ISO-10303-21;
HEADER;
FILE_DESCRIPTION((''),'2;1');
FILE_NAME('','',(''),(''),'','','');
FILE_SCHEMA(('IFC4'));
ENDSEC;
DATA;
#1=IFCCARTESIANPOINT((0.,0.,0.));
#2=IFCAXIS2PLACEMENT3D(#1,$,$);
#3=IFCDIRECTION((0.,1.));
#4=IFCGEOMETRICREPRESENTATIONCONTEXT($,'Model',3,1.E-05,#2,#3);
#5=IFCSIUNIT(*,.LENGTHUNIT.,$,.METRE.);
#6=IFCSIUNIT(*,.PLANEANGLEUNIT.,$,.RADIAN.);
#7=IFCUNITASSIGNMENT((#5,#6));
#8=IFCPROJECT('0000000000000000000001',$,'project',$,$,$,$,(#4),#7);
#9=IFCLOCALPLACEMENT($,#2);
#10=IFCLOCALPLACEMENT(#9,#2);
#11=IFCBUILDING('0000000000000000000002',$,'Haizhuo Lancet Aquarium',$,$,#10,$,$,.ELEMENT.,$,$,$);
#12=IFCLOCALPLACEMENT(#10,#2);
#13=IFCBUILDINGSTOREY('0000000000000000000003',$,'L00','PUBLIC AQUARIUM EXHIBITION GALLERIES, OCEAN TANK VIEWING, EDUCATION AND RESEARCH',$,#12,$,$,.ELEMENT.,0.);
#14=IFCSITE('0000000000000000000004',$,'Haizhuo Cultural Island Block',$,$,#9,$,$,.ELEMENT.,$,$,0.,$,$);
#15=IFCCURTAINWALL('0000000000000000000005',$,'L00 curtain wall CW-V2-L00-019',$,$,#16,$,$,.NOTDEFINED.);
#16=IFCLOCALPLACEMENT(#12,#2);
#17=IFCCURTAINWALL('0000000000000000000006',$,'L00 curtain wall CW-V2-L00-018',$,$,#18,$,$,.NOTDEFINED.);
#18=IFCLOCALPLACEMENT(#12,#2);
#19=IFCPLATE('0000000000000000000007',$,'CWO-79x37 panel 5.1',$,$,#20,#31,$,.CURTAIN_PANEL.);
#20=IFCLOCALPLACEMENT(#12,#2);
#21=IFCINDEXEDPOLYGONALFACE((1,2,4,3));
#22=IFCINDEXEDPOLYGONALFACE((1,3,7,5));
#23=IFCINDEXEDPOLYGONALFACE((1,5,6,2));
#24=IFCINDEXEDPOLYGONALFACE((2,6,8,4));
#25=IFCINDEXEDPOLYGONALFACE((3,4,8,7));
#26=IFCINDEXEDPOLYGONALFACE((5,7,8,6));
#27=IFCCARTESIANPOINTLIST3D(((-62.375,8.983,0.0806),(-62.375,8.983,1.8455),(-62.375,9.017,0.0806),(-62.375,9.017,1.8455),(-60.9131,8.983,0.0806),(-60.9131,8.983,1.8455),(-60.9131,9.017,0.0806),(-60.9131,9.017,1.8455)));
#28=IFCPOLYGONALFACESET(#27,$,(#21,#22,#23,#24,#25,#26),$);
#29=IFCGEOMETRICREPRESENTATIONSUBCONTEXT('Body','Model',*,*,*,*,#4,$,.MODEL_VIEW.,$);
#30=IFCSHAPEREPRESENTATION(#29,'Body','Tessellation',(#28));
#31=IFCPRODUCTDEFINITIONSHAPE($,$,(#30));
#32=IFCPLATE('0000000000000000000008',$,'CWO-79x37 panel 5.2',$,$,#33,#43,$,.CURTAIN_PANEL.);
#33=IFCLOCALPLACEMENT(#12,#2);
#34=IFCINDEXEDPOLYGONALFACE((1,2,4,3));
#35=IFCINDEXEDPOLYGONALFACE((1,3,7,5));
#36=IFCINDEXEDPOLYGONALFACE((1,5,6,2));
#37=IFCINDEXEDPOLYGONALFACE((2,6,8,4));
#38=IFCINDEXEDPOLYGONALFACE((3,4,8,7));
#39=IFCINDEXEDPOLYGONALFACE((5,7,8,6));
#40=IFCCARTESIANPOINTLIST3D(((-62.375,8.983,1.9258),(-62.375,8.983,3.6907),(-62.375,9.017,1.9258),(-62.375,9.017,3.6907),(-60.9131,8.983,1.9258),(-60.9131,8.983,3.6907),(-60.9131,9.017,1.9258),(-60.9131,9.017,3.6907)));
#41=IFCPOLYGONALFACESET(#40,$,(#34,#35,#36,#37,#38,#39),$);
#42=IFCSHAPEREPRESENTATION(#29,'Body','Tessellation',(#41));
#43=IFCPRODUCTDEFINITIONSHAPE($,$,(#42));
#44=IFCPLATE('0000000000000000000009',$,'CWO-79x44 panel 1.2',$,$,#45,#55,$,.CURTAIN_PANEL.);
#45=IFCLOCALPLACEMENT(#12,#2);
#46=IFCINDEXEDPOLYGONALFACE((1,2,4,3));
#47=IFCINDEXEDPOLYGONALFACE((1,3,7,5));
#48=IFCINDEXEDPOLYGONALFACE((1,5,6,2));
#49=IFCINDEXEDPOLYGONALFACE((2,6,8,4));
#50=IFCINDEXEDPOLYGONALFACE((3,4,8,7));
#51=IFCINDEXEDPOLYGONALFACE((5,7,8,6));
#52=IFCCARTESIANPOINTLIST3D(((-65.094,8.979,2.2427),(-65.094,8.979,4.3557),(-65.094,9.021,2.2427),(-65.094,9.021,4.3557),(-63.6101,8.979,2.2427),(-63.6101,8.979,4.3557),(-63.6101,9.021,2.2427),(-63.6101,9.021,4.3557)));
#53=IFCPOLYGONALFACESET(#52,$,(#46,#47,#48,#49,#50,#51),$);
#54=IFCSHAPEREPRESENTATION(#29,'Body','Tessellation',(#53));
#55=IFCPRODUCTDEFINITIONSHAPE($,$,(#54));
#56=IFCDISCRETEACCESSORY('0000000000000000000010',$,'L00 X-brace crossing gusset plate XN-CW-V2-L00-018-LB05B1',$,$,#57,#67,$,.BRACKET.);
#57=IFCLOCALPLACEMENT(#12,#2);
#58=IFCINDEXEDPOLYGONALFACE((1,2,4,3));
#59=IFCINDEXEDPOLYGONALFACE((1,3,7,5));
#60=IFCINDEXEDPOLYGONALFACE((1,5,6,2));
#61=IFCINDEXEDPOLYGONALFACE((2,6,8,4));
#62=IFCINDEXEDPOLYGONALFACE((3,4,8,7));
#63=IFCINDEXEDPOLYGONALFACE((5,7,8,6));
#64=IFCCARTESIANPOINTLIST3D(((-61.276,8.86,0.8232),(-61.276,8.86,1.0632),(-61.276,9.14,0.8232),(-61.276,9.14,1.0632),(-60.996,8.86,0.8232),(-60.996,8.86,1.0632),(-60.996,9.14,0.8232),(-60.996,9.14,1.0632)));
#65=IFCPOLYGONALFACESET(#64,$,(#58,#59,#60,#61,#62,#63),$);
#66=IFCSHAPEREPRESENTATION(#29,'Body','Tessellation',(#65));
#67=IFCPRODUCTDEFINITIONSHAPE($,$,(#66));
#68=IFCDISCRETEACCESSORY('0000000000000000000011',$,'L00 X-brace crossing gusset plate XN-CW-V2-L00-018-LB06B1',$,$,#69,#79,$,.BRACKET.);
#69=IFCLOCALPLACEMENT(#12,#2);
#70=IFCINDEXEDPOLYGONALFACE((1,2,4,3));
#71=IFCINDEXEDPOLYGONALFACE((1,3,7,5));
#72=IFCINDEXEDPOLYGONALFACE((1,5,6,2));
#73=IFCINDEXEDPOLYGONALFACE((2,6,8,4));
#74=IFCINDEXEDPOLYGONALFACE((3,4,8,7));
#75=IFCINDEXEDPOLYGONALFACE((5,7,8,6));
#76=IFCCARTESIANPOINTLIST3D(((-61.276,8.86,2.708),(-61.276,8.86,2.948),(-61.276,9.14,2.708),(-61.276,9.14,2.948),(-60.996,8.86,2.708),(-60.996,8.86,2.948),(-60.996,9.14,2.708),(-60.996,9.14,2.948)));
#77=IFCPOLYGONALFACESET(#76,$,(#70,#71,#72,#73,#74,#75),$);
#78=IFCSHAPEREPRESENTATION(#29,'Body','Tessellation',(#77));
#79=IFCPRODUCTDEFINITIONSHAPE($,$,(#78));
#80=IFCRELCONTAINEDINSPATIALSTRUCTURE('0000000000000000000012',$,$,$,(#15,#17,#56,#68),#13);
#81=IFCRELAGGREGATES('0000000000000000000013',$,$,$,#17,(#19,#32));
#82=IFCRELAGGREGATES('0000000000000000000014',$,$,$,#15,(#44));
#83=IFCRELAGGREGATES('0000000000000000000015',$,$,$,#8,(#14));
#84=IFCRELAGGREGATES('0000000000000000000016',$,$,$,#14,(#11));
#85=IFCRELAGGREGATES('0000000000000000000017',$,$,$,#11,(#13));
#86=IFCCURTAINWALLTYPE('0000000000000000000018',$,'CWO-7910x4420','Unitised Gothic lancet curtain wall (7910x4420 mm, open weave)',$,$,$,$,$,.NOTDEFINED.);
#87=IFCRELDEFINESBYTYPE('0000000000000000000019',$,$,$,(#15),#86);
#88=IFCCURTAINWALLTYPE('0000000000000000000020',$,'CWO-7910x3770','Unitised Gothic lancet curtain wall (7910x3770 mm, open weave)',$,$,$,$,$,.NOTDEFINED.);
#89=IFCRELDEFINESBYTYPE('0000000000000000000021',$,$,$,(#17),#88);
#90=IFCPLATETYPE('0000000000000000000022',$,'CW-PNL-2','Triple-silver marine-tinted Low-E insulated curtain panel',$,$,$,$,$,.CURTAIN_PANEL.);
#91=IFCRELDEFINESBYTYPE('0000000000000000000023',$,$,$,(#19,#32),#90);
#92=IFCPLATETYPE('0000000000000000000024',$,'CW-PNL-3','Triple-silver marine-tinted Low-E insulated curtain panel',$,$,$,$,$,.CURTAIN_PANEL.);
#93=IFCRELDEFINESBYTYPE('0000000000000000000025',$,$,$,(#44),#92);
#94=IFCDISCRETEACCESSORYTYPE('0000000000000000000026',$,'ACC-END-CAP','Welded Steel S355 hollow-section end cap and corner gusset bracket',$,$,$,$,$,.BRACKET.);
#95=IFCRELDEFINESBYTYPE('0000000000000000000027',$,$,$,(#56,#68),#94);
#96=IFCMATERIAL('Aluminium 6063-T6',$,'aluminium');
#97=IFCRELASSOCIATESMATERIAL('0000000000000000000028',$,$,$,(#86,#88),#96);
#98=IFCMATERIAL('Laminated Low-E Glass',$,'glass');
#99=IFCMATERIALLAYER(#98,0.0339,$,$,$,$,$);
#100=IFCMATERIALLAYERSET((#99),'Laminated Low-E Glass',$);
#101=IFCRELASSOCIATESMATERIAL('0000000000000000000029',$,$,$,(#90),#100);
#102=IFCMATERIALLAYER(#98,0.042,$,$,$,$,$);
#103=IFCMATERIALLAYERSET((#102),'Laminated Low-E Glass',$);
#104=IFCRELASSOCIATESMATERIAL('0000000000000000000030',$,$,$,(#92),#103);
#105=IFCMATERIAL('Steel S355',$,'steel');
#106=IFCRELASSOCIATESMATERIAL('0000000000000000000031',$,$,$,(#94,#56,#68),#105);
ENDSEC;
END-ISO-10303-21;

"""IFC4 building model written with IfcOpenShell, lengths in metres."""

from ifc_helpers import new_model, si_unit, direction, frame, origin, origin_2d, place, context, subcontext, project, spatial, rectangle, extrude, material, layer, layer_set, type_object, element, aggregate, save


model = new_model("IFC4")

# Units and contexts
model_context = context("Model", 3, precision=1e-05, world=origin(), true_north=direction((0.0, 1.0)))
body_context = subcontext(model_context, "Body", "Model", "MODEL_VIEW")
ifc_project = project(units=[si_unit("LENGTHUNIT", "METRE"), si_unit("PLANEANGLEUNIT", "RADIAN")], contexts=[model_context])

# Site, building, storey
site_placement = place(None, origin())
site = spatial("IfcSite", under=ifc_project, at=site_placement, Name="Haizhuo Cultural Island Block", CompositionType="ELEMENT", RefElevation=0.0)
building_placement = place(site_placement, origin())
building = spatial("IfcBuilding", under=site, at=building_placement, Name="Haizhuo Lancet Aquarium", CompositionType="ELEMENT")
storey_placement = place(building_placement, origin())
storey = spatial("IfcBuildingStorey", under=building, at=storey_placement, Name="L00", Description="PUBLIC AQUARIUM EXHIBITION GALLERIES, OCEAN TANK VIEWING, EDUCATION AND RESEARCH", CompositionType="ELEMENT", Elevation=0.0)

# Shared definitions
ifc_material_1 = material(Name="Steel S355", Category="steel")

# Curtain wall
ifc_material_2 = material(Name="Aluminium 6063-T6", Category="aluminium")
curtain_wall_type_1 = type_object("IfcCurtainWallType", Name="CWO-7910x4420", Description="Unitised Gothic lancet curtain wall (7910x4420 mm, open weave)", PredefinedType="NOTDEFINED", material=ifc_material_2)
curtain_wall_1_placement = place(storey_placement, origin())
curtain_wall_1 = element("IfcCurtainWall", 1, at=curtain_wall_1_placement, inside=storey, type_object=curtain_wall_type_1, Name="L00 curtain wall CW-V2-L00-019", PredefinedType="NOTDEFINED")

# Curtain wall
curtain_wall_type_2 = type_object("IfcCurtainWallType", Name="CWO-7910x3770", Description="Unitised Gothic lancet curtain wall (7910x3770 mm, open weave)", PredefinedType="NOTDEFINED", material=ifc_material_2)
curtain_wall_2_placement = place(storey_placement, origin())
curtain_wall_2 = element("IfcCurtainWall", 2, at=curtain_wall_2_placement, inside=storey, type_object=curtain_wall_type_2, Name="L00 curtain wall CW-V2-L00-018", PredefinedType="NOTDEFINED")

# Plates
ifc_material_3 = material(Name="Laminated Low-E Glass", Category="glass")
ifc_layer_1 = layer(ifc_material_3, 0.0339)
ifc_layer_set_1 = layer_set([ifc_layer_1], Name="Laminated Low-E Glass")
plate_type_1 = type_object("IfcPlateType", Name="CW-PNL-2", Description="Triple-silver marine-tinted Low-E insulated curtain panel", PredefinedType="CURTAIN_PANEL", material=ifc_layer_set_1)
plate_1_placement = place(storey_placement, frame((-61.644, 9.0, 0.0806), z_axis=(0.0, 0.0, 1.0), x_axis=(-1.0, 0.0, 0.0)))
plate_1 = element("IfcPlate", 3, at=plate_1_placement, type_object=plate_type_1, Name="CWO-79x37 panel 5.1", PredefinedType="CURTAIN_PANEL", context=body_context, shape_type="SweptSolid", body=[
    extrude(rectangle(XDim=1.4619, YDim=0.0339, at=origin_2d()), origin(), (0.0, 0.0, 1.0), 1.7649),
])
plate_2_placement = place(storey_placement, frame((-61.644, 9.0, 1.9258), z_axis=(0.0, 0.0, 1.0), x_axis=(-1.0, 0.0, 0.0)))
plate_2 = element("IfcPlate", 4, at=plate_2_placement, type_object=plate_type_1, Name="CWO-79x37 panel 5.2", PredefinedType="CURTAIN_PANEL", context=body_context, shape_type="SweptSolid", body=[
    extrude(rectangle(XDim=1.4619, YDim=0.0339, at=origin_2d()), origin(), (0.0, 0.0, 1.0), 1.7649),
])
aggregate(curtain_wall_2, [plate_1, plate_2])
ifc_layer_2 = layer(ifc_material_3, 0.042)
ifc_layer_set_2 = layer_set([ifc_layer_2], Name="Laminated Low-E Glass")
plate_type_2 = type_object("IfcPlateType", Name="CW-PNL-3", Description="Triple-silver marine-tinted Low-E insulated curtain panel", PredefinedType="CURTAIN_PANEL", material=ifc_layer_set_2)
plate_3_placement = place(storey_placement, frame((-64.3521, 9.0, 2.2427), z_axis=(0.0, 0.0, 1.0), x_axis=(-1.0, 0.0, 0.0)))
plate_3 = element("IfcPlate", 5, at=plate_3_placement, type_object=plate_type_2, Name="CWO-79x44 panel 1.2", PredefinedType="CURTAIN_PANEL", context=body_context, shape_type="SweptSolid", body=[
    extrude(rectangle(XDim=1.4839, YDim=0.042, at=origin_2d()), origin(), (0.0, 0.0, 1.0), 2.113),
])
aggregate(curtain_wall_1, [plate_3])

# Discrete accessories
discrete_accessory_type = type_object("IfcDiscreteAccessoryType", Name="ACC-END-CAP", Description="Welded Steel S355 hollow-section end cap and corner gusset bracket", PredefinedType="BRACKET", material=ifc_material_1)
for number, where, z_axis, x_axis, name in (
    (6, (-61.136, 9.0, 0.8232), (0.0, 0.0, 1.0), (1.0, 0.0, 0.0), "L00 X-brace crossing gusset plate XN-CW-V2-L00-018-LB05B1"),
    (7, (-61.136, 9.0, 2.708), (0.0, 0.0, 1.0), (1.0, 0.0, 0.0), "L00 X-brace crossing gusset plate XN-CW-V2-L00-018-LB06B1"),
):
    element("IfcDiscreteAccessory", number, at=place(storey_placement, frame(where, z_axis=z_axis, x_axis=x_axis)), inside=storey, type_object=discrete_accessory_type, material=ifc_material_1, Name=name, PredefinedType="BRACKET", context=body_context, shape_type="SweptSolid", body=[
        extrude(rectangle(XDim=0.28, YDim=0.28, at=origin_2d()), origin(), (0.0, 0.0, 1.0), 0.24),
    ])

save(model, "model.ifc")
